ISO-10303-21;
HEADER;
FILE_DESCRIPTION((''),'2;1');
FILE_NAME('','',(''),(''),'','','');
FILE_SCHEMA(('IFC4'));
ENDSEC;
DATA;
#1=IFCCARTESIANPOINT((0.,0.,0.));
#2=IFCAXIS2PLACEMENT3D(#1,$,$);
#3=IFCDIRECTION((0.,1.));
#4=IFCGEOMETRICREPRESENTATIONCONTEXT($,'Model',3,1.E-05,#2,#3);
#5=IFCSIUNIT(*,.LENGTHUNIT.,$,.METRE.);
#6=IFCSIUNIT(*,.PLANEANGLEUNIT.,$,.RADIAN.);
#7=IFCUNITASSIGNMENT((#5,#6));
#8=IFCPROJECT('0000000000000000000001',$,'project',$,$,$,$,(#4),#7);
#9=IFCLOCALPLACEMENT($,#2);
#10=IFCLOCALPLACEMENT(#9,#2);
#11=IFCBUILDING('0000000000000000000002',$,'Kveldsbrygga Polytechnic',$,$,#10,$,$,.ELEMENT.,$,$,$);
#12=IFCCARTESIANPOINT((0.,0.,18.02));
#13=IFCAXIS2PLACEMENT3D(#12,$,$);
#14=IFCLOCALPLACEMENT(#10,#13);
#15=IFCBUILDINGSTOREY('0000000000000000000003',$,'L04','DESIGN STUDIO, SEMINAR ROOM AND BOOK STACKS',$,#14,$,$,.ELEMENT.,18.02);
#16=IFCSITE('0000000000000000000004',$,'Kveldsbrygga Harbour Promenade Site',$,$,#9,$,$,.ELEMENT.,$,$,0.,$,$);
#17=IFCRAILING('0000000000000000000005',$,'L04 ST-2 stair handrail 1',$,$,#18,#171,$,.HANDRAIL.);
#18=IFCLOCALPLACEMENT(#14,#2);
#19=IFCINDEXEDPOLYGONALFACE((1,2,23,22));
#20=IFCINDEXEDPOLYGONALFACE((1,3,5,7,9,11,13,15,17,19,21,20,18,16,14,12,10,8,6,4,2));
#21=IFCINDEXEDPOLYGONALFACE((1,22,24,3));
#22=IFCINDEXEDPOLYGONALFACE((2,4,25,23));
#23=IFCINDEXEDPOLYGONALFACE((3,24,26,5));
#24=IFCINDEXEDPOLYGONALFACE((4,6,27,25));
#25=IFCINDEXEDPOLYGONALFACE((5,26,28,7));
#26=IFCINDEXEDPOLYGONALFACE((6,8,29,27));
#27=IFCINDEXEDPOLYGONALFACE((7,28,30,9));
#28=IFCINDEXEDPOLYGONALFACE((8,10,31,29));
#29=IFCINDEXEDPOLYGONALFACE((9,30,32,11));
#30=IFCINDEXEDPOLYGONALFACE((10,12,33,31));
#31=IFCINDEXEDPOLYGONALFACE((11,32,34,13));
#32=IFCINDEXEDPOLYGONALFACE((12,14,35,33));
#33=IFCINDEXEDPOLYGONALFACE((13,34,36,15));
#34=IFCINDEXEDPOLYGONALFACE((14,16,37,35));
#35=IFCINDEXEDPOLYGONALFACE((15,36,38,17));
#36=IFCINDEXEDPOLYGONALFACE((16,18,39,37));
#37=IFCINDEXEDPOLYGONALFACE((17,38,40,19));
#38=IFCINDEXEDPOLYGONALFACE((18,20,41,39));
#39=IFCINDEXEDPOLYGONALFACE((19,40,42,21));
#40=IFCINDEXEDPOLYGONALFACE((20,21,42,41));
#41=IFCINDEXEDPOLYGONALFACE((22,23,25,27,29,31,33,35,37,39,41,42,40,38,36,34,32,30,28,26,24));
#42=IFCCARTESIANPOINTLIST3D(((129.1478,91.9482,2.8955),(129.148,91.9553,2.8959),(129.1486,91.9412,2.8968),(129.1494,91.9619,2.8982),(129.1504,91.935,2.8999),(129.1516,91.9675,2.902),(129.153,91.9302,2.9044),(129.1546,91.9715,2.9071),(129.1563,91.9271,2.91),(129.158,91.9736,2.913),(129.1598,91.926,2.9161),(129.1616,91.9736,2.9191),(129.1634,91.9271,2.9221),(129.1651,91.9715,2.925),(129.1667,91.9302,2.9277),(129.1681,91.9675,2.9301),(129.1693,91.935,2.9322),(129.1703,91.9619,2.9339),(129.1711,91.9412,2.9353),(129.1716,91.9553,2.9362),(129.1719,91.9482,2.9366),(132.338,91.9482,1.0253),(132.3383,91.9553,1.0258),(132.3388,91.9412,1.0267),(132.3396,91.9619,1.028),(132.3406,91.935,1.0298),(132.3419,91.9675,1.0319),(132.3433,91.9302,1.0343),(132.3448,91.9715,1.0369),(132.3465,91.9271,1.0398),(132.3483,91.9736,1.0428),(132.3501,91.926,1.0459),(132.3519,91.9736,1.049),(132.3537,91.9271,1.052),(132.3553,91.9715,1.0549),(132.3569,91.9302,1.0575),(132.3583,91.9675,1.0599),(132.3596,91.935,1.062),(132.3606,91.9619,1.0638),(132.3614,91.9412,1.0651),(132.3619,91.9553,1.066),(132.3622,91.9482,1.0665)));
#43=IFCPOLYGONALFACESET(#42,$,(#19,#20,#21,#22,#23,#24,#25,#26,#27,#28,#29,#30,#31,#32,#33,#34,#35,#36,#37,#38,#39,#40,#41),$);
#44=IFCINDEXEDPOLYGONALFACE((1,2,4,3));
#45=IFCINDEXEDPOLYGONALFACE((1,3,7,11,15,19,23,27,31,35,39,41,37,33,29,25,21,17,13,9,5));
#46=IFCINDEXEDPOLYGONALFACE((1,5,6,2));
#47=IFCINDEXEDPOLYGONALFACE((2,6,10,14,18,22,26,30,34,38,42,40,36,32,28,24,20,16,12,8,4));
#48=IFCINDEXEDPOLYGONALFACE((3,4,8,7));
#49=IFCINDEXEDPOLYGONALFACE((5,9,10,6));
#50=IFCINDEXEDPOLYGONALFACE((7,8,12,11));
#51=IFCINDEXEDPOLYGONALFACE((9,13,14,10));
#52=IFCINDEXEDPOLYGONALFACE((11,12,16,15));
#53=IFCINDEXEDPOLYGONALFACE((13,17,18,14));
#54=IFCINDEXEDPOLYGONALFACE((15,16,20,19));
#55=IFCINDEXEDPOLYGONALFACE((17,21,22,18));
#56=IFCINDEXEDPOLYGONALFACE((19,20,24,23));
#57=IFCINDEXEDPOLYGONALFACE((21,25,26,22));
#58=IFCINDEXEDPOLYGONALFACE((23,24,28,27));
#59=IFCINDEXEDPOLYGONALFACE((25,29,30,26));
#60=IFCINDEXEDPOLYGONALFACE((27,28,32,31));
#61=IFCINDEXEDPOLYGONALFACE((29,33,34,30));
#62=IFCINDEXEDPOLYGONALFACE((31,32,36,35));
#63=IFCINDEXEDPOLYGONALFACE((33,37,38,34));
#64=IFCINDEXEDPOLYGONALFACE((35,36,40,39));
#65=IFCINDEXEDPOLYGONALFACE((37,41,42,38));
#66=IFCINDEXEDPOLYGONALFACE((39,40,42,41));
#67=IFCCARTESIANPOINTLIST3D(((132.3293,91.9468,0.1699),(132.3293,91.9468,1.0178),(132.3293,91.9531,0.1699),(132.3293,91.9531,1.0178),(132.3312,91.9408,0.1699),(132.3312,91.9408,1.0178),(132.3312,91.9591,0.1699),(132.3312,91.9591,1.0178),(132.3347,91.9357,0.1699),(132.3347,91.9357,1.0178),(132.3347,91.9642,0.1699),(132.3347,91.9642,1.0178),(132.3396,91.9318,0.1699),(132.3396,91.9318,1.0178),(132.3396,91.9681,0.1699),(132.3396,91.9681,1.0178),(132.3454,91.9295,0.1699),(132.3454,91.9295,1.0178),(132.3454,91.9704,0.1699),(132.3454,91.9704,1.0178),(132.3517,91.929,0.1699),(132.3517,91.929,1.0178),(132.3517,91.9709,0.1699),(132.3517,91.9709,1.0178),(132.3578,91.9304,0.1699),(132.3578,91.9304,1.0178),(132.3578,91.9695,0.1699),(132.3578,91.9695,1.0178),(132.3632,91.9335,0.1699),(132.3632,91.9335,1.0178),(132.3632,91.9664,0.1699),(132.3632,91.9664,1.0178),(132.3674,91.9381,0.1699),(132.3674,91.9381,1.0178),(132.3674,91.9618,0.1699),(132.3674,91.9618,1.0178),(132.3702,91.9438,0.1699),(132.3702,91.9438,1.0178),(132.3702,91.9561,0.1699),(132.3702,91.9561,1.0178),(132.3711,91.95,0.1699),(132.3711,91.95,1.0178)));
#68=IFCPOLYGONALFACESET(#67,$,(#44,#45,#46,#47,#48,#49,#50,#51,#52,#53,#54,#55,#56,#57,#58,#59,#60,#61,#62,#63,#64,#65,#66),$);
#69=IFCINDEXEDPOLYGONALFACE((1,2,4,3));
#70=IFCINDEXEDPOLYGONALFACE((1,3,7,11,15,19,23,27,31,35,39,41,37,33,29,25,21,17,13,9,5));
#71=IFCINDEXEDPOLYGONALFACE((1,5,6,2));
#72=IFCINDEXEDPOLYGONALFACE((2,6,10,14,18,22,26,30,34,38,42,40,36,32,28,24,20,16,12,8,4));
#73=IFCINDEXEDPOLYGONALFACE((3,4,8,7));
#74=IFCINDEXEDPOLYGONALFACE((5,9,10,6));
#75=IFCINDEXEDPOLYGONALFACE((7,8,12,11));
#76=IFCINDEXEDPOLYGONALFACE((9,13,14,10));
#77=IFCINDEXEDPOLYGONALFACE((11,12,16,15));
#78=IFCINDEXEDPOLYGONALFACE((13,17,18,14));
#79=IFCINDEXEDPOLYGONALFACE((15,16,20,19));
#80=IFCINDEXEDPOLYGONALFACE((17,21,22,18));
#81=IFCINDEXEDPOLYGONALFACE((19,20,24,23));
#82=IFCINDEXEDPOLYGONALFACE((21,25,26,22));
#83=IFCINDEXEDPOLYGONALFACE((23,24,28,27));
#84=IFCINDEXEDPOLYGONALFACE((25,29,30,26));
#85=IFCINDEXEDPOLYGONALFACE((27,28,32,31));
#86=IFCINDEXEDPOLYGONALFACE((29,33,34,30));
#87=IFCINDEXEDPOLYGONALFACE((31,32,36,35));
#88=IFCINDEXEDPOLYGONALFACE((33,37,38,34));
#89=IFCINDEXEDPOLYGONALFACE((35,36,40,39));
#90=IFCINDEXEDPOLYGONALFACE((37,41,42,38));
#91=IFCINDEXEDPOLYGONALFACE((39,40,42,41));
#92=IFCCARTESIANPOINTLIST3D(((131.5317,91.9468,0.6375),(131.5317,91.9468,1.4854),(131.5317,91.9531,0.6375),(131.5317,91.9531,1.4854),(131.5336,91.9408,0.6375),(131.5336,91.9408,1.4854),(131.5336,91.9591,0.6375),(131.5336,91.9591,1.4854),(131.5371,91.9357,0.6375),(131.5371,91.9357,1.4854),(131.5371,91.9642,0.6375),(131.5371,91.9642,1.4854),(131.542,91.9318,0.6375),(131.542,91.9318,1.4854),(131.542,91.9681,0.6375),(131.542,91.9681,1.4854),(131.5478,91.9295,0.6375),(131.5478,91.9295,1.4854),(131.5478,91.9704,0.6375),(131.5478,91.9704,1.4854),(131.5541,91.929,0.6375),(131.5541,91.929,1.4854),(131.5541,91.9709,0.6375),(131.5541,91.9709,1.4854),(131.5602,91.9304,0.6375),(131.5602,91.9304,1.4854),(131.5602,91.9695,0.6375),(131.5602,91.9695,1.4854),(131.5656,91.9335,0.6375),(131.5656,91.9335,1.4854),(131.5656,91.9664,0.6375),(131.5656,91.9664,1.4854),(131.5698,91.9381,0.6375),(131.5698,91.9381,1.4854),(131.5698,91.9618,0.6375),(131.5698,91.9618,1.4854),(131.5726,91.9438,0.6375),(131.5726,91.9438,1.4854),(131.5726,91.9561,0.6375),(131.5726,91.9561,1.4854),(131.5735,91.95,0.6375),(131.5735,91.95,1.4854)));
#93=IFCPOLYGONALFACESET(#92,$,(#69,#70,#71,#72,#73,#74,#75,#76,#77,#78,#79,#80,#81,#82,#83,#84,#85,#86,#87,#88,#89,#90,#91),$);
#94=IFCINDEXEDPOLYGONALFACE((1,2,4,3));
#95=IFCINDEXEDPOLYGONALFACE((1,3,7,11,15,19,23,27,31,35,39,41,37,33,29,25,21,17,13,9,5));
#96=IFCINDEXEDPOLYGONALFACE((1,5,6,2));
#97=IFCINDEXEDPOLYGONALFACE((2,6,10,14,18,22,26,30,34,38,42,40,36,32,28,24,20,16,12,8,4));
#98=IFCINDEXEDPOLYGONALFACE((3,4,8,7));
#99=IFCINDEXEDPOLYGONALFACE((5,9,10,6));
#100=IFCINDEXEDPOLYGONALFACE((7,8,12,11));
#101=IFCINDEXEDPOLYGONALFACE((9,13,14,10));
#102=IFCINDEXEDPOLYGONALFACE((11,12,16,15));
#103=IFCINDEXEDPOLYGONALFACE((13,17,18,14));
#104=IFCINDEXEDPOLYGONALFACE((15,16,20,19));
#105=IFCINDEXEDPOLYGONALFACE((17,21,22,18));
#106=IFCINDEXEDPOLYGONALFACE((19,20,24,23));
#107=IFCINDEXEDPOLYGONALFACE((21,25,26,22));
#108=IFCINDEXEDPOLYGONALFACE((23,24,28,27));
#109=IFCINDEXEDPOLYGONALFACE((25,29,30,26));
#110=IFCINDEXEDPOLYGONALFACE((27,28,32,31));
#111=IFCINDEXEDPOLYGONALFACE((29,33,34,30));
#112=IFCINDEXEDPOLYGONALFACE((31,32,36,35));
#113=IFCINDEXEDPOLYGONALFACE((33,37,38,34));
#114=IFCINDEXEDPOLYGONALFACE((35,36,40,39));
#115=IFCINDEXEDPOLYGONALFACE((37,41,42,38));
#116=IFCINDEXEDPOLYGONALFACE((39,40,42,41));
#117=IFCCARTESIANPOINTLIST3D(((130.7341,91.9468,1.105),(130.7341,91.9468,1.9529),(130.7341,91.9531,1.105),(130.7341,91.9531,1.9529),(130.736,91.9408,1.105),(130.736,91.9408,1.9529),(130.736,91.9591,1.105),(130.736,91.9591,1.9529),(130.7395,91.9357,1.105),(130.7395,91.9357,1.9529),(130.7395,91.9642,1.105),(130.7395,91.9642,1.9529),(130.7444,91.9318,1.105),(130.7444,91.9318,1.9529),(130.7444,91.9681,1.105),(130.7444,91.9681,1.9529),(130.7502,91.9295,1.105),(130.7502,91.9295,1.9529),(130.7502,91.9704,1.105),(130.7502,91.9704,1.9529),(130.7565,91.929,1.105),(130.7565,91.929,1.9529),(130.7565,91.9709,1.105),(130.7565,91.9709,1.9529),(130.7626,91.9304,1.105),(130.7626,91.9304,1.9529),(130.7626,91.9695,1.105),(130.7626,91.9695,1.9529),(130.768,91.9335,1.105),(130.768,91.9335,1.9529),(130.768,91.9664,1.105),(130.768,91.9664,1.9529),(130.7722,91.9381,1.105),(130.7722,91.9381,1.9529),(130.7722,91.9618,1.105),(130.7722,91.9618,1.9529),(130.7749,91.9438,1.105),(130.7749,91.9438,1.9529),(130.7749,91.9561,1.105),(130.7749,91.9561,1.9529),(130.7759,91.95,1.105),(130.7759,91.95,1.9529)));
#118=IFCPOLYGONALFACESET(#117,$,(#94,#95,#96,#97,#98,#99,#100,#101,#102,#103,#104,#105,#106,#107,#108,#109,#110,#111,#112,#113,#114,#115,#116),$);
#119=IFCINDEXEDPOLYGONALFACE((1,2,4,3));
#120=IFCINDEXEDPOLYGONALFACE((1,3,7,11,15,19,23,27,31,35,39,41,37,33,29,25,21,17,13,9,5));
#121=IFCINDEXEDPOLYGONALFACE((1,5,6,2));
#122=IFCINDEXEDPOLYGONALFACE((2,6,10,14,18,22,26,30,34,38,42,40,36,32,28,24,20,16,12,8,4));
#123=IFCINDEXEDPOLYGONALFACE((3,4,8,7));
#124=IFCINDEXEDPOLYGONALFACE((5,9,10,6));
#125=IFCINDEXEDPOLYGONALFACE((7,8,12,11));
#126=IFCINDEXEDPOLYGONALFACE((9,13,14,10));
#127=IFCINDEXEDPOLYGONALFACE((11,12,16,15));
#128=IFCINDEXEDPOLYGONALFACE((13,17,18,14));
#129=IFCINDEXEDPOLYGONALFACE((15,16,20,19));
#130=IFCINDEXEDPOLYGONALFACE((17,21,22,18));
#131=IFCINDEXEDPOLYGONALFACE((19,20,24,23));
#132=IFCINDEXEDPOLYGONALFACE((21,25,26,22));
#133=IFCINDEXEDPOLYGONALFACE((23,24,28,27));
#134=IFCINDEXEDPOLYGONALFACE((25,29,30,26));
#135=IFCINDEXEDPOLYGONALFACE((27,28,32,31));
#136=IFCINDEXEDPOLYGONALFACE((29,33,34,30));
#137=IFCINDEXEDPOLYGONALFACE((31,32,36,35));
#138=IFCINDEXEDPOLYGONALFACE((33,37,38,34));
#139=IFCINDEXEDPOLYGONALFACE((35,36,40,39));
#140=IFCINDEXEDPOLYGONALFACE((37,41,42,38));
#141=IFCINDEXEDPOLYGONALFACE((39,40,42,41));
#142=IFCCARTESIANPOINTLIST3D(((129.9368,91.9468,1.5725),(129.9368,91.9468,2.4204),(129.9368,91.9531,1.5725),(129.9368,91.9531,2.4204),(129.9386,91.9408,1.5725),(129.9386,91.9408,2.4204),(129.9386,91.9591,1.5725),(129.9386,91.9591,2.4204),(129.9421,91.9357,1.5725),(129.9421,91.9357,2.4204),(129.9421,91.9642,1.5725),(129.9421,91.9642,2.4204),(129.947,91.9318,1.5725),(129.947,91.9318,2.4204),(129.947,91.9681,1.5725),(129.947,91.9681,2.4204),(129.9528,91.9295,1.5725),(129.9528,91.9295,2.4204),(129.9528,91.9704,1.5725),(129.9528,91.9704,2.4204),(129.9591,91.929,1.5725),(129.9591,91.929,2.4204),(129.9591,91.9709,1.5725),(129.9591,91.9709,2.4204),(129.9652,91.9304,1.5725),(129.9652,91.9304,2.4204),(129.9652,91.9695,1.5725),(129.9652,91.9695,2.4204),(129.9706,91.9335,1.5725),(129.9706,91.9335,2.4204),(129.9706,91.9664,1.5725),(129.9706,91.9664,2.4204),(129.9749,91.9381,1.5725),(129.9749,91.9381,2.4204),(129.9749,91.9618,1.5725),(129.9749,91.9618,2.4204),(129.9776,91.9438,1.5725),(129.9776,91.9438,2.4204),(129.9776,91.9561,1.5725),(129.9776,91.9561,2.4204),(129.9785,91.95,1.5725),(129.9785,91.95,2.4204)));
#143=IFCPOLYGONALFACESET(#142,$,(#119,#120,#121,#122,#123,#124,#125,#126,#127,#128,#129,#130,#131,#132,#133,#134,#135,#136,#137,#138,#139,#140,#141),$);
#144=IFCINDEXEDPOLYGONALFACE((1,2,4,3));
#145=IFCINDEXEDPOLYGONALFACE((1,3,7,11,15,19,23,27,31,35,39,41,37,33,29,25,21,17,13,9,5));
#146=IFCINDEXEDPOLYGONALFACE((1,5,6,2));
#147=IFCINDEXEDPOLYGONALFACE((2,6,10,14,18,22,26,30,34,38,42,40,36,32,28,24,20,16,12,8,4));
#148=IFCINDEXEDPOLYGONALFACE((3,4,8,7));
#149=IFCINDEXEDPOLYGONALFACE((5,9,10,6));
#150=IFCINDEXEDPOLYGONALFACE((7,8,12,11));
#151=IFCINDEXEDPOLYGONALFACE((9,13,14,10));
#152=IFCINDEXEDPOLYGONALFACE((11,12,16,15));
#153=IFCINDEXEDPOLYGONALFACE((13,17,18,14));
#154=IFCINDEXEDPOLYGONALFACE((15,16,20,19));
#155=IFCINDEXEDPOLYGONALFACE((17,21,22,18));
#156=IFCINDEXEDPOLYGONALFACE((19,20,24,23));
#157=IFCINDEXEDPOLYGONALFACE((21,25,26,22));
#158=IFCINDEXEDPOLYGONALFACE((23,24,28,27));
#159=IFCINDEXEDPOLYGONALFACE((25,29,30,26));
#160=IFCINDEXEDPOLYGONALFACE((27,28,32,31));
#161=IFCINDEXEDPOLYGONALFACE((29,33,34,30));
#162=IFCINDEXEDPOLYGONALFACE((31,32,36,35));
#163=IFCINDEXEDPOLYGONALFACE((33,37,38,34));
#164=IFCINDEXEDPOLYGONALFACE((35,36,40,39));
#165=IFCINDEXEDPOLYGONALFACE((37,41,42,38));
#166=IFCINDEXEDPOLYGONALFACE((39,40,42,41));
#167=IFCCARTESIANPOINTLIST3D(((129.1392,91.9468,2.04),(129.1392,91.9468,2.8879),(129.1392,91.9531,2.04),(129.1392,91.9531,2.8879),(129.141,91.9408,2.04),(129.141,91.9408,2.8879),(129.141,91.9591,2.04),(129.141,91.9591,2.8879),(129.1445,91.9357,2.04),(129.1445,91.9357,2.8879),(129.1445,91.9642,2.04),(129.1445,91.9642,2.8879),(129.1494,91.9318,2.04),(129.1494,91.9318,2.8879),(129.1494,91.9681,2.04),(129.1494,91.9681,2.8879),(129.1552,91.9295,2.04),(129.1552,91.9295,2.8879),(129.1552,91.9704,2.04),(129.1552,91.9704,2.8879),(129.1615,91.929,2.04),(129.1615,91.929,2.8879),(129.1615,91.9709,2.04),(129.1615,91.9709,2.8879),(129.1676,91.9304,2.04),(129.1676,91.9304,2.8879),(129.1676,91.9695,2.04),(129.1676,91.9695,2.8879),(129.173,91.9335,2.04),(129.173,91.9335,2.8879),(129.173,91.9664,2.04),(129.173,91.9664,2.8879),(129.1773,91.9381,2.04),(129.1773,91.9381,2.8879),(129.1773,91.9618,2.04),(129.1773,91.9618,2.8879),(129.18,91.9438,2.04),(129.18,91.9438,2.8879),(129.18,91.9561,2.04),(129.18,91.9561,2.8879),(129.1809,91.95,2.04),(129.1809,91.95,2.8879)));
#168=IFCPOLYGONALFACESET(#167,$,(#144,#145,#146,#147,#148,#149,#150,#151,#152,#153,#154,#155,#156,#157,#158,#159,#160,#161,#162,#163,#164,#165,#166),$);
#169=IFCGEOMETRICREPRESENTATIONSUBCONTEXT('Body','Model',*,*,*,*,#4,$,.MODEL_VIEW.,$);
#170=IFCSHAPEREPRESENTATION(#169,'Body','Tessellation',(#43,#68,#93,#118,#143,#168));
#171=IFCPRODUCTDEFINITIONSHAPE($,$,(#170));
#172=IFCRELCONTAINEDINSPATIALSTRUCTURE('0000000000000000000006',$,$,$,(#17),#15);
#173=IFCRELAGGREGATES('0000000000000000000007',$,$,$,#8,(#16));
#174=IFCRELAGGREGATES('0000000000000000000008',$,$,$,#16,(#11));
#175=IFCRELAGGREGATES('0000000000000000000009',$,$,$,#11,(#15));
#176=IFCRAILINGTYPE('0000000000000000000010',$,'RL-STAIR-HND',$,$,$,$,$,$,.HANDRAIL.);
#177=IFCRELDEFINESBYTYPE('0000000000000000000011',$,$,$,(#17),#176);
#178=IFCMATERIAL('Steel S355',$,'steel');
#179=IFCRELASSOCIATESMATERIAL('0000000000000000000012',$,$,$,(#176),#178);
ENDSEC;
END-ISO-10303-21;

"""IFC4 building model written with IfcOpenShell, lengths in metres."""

from ifc_helpers import new_model, si_unit, direction, frame, origin, origin_2d, place, context, subcontext, project, spatial, circle, extrude, material, type_object, element, save


model = new_model("IFC4")

# Units and contexts
model_context = context("Model", 3, precision=1e-05, world=origin(), true_north=direction((0.0, 1.0)))
body_context = subcontext(model_context, "Body", "Model", "MODEL_VIEW")
ifc_project = project(units=[si_unit("LENGTHUNIT", "METRE"), si_unit("PLANEANGLEUNIT", "RADIAN")], contexts=[model_context])

# Site, building, storey
site_placement = place(None, origin())
site = spatial("IfcSite", under=ifc_project, at=site_placement, Name="Kveldsbrygga Harbour Promenade Site", CompositionType="ELEMENT", RefElevation=0.0)
building_placement = place(site_placement, origin())
building = spatial("IfcBuilding", under=site, at=building_placement, Name="Kveldsbrygga Polytechnic", CompositionType="ELEMENT")
storey_placement = place(building_placement, frame((0.0, 0.0, 18.02)))
storey = spatial("IfcBuildingStorey", under=building, at=storey_placement, Name="L04", Description="DESIGN STUDIO, SEMINAR ROOM AND BOOK STACKS", CompositionType="ELEMENT", Elevation=18.02)

# Shared definitions
ifc_material_1 = material(Name="Steel S355", Category="steel")

# Railing
railing_type_1 = type_object("IfcRailingType", Name="RL-STAIR-HND", PredefinedType="HANDRAIL", material=ifc_material_1)
railing_1_placement = place(storey_placement, frame((132.3501, 91.95, 0.1699)))
element("IfcRailing", 1, at=railing_1_placement, inside=storey, type_object=railing_type_1, Name="L04 ST-2 stair handrail 1", PredefinedType="HANDRAIL", context=body_context, shape_type="SweptSolid", body=[
    extrude(circle(Radius=0.0239, at=origin_2d()), frame((0.0, 0.0, 0.876), z_axis=(-0.862697, 0.0, 0.505721), x_axis=(0.0, -1.0, 0.0)), (0.0, 0.0, 1.0), 3.698),
    extrude(circle(Radius=0.021, at=origin_2d()), origin(), (0.0, 0.0, 1.0), 0.8479),
    extrude(circle(Radius=0.021, at=origin_2d()), frame((-0.7976, 0.0, 0.4675)), (0.0, 0.0, 1.0), 0.8479),
    extrude(circle(Radius=0.021, at=origin_2d()), frame((-1.5952, 0.0, 0.9351)), (0.0, 0.0, 1.0), 0.8479),
    extrude(circle(Radius=0.021, at=origin_2d()), frame((-2.3926, 0.0, 1.4026)), (0.0, 0.0, 1.0), 0.8479),
    extrude(circle(Radius=0.021, at=origin_2d()), frame((-3.1902, 0.0, 1.8701)), (0.0, 0.0, 1.0), 0.8479),
])

save(model, "model.ifc")
